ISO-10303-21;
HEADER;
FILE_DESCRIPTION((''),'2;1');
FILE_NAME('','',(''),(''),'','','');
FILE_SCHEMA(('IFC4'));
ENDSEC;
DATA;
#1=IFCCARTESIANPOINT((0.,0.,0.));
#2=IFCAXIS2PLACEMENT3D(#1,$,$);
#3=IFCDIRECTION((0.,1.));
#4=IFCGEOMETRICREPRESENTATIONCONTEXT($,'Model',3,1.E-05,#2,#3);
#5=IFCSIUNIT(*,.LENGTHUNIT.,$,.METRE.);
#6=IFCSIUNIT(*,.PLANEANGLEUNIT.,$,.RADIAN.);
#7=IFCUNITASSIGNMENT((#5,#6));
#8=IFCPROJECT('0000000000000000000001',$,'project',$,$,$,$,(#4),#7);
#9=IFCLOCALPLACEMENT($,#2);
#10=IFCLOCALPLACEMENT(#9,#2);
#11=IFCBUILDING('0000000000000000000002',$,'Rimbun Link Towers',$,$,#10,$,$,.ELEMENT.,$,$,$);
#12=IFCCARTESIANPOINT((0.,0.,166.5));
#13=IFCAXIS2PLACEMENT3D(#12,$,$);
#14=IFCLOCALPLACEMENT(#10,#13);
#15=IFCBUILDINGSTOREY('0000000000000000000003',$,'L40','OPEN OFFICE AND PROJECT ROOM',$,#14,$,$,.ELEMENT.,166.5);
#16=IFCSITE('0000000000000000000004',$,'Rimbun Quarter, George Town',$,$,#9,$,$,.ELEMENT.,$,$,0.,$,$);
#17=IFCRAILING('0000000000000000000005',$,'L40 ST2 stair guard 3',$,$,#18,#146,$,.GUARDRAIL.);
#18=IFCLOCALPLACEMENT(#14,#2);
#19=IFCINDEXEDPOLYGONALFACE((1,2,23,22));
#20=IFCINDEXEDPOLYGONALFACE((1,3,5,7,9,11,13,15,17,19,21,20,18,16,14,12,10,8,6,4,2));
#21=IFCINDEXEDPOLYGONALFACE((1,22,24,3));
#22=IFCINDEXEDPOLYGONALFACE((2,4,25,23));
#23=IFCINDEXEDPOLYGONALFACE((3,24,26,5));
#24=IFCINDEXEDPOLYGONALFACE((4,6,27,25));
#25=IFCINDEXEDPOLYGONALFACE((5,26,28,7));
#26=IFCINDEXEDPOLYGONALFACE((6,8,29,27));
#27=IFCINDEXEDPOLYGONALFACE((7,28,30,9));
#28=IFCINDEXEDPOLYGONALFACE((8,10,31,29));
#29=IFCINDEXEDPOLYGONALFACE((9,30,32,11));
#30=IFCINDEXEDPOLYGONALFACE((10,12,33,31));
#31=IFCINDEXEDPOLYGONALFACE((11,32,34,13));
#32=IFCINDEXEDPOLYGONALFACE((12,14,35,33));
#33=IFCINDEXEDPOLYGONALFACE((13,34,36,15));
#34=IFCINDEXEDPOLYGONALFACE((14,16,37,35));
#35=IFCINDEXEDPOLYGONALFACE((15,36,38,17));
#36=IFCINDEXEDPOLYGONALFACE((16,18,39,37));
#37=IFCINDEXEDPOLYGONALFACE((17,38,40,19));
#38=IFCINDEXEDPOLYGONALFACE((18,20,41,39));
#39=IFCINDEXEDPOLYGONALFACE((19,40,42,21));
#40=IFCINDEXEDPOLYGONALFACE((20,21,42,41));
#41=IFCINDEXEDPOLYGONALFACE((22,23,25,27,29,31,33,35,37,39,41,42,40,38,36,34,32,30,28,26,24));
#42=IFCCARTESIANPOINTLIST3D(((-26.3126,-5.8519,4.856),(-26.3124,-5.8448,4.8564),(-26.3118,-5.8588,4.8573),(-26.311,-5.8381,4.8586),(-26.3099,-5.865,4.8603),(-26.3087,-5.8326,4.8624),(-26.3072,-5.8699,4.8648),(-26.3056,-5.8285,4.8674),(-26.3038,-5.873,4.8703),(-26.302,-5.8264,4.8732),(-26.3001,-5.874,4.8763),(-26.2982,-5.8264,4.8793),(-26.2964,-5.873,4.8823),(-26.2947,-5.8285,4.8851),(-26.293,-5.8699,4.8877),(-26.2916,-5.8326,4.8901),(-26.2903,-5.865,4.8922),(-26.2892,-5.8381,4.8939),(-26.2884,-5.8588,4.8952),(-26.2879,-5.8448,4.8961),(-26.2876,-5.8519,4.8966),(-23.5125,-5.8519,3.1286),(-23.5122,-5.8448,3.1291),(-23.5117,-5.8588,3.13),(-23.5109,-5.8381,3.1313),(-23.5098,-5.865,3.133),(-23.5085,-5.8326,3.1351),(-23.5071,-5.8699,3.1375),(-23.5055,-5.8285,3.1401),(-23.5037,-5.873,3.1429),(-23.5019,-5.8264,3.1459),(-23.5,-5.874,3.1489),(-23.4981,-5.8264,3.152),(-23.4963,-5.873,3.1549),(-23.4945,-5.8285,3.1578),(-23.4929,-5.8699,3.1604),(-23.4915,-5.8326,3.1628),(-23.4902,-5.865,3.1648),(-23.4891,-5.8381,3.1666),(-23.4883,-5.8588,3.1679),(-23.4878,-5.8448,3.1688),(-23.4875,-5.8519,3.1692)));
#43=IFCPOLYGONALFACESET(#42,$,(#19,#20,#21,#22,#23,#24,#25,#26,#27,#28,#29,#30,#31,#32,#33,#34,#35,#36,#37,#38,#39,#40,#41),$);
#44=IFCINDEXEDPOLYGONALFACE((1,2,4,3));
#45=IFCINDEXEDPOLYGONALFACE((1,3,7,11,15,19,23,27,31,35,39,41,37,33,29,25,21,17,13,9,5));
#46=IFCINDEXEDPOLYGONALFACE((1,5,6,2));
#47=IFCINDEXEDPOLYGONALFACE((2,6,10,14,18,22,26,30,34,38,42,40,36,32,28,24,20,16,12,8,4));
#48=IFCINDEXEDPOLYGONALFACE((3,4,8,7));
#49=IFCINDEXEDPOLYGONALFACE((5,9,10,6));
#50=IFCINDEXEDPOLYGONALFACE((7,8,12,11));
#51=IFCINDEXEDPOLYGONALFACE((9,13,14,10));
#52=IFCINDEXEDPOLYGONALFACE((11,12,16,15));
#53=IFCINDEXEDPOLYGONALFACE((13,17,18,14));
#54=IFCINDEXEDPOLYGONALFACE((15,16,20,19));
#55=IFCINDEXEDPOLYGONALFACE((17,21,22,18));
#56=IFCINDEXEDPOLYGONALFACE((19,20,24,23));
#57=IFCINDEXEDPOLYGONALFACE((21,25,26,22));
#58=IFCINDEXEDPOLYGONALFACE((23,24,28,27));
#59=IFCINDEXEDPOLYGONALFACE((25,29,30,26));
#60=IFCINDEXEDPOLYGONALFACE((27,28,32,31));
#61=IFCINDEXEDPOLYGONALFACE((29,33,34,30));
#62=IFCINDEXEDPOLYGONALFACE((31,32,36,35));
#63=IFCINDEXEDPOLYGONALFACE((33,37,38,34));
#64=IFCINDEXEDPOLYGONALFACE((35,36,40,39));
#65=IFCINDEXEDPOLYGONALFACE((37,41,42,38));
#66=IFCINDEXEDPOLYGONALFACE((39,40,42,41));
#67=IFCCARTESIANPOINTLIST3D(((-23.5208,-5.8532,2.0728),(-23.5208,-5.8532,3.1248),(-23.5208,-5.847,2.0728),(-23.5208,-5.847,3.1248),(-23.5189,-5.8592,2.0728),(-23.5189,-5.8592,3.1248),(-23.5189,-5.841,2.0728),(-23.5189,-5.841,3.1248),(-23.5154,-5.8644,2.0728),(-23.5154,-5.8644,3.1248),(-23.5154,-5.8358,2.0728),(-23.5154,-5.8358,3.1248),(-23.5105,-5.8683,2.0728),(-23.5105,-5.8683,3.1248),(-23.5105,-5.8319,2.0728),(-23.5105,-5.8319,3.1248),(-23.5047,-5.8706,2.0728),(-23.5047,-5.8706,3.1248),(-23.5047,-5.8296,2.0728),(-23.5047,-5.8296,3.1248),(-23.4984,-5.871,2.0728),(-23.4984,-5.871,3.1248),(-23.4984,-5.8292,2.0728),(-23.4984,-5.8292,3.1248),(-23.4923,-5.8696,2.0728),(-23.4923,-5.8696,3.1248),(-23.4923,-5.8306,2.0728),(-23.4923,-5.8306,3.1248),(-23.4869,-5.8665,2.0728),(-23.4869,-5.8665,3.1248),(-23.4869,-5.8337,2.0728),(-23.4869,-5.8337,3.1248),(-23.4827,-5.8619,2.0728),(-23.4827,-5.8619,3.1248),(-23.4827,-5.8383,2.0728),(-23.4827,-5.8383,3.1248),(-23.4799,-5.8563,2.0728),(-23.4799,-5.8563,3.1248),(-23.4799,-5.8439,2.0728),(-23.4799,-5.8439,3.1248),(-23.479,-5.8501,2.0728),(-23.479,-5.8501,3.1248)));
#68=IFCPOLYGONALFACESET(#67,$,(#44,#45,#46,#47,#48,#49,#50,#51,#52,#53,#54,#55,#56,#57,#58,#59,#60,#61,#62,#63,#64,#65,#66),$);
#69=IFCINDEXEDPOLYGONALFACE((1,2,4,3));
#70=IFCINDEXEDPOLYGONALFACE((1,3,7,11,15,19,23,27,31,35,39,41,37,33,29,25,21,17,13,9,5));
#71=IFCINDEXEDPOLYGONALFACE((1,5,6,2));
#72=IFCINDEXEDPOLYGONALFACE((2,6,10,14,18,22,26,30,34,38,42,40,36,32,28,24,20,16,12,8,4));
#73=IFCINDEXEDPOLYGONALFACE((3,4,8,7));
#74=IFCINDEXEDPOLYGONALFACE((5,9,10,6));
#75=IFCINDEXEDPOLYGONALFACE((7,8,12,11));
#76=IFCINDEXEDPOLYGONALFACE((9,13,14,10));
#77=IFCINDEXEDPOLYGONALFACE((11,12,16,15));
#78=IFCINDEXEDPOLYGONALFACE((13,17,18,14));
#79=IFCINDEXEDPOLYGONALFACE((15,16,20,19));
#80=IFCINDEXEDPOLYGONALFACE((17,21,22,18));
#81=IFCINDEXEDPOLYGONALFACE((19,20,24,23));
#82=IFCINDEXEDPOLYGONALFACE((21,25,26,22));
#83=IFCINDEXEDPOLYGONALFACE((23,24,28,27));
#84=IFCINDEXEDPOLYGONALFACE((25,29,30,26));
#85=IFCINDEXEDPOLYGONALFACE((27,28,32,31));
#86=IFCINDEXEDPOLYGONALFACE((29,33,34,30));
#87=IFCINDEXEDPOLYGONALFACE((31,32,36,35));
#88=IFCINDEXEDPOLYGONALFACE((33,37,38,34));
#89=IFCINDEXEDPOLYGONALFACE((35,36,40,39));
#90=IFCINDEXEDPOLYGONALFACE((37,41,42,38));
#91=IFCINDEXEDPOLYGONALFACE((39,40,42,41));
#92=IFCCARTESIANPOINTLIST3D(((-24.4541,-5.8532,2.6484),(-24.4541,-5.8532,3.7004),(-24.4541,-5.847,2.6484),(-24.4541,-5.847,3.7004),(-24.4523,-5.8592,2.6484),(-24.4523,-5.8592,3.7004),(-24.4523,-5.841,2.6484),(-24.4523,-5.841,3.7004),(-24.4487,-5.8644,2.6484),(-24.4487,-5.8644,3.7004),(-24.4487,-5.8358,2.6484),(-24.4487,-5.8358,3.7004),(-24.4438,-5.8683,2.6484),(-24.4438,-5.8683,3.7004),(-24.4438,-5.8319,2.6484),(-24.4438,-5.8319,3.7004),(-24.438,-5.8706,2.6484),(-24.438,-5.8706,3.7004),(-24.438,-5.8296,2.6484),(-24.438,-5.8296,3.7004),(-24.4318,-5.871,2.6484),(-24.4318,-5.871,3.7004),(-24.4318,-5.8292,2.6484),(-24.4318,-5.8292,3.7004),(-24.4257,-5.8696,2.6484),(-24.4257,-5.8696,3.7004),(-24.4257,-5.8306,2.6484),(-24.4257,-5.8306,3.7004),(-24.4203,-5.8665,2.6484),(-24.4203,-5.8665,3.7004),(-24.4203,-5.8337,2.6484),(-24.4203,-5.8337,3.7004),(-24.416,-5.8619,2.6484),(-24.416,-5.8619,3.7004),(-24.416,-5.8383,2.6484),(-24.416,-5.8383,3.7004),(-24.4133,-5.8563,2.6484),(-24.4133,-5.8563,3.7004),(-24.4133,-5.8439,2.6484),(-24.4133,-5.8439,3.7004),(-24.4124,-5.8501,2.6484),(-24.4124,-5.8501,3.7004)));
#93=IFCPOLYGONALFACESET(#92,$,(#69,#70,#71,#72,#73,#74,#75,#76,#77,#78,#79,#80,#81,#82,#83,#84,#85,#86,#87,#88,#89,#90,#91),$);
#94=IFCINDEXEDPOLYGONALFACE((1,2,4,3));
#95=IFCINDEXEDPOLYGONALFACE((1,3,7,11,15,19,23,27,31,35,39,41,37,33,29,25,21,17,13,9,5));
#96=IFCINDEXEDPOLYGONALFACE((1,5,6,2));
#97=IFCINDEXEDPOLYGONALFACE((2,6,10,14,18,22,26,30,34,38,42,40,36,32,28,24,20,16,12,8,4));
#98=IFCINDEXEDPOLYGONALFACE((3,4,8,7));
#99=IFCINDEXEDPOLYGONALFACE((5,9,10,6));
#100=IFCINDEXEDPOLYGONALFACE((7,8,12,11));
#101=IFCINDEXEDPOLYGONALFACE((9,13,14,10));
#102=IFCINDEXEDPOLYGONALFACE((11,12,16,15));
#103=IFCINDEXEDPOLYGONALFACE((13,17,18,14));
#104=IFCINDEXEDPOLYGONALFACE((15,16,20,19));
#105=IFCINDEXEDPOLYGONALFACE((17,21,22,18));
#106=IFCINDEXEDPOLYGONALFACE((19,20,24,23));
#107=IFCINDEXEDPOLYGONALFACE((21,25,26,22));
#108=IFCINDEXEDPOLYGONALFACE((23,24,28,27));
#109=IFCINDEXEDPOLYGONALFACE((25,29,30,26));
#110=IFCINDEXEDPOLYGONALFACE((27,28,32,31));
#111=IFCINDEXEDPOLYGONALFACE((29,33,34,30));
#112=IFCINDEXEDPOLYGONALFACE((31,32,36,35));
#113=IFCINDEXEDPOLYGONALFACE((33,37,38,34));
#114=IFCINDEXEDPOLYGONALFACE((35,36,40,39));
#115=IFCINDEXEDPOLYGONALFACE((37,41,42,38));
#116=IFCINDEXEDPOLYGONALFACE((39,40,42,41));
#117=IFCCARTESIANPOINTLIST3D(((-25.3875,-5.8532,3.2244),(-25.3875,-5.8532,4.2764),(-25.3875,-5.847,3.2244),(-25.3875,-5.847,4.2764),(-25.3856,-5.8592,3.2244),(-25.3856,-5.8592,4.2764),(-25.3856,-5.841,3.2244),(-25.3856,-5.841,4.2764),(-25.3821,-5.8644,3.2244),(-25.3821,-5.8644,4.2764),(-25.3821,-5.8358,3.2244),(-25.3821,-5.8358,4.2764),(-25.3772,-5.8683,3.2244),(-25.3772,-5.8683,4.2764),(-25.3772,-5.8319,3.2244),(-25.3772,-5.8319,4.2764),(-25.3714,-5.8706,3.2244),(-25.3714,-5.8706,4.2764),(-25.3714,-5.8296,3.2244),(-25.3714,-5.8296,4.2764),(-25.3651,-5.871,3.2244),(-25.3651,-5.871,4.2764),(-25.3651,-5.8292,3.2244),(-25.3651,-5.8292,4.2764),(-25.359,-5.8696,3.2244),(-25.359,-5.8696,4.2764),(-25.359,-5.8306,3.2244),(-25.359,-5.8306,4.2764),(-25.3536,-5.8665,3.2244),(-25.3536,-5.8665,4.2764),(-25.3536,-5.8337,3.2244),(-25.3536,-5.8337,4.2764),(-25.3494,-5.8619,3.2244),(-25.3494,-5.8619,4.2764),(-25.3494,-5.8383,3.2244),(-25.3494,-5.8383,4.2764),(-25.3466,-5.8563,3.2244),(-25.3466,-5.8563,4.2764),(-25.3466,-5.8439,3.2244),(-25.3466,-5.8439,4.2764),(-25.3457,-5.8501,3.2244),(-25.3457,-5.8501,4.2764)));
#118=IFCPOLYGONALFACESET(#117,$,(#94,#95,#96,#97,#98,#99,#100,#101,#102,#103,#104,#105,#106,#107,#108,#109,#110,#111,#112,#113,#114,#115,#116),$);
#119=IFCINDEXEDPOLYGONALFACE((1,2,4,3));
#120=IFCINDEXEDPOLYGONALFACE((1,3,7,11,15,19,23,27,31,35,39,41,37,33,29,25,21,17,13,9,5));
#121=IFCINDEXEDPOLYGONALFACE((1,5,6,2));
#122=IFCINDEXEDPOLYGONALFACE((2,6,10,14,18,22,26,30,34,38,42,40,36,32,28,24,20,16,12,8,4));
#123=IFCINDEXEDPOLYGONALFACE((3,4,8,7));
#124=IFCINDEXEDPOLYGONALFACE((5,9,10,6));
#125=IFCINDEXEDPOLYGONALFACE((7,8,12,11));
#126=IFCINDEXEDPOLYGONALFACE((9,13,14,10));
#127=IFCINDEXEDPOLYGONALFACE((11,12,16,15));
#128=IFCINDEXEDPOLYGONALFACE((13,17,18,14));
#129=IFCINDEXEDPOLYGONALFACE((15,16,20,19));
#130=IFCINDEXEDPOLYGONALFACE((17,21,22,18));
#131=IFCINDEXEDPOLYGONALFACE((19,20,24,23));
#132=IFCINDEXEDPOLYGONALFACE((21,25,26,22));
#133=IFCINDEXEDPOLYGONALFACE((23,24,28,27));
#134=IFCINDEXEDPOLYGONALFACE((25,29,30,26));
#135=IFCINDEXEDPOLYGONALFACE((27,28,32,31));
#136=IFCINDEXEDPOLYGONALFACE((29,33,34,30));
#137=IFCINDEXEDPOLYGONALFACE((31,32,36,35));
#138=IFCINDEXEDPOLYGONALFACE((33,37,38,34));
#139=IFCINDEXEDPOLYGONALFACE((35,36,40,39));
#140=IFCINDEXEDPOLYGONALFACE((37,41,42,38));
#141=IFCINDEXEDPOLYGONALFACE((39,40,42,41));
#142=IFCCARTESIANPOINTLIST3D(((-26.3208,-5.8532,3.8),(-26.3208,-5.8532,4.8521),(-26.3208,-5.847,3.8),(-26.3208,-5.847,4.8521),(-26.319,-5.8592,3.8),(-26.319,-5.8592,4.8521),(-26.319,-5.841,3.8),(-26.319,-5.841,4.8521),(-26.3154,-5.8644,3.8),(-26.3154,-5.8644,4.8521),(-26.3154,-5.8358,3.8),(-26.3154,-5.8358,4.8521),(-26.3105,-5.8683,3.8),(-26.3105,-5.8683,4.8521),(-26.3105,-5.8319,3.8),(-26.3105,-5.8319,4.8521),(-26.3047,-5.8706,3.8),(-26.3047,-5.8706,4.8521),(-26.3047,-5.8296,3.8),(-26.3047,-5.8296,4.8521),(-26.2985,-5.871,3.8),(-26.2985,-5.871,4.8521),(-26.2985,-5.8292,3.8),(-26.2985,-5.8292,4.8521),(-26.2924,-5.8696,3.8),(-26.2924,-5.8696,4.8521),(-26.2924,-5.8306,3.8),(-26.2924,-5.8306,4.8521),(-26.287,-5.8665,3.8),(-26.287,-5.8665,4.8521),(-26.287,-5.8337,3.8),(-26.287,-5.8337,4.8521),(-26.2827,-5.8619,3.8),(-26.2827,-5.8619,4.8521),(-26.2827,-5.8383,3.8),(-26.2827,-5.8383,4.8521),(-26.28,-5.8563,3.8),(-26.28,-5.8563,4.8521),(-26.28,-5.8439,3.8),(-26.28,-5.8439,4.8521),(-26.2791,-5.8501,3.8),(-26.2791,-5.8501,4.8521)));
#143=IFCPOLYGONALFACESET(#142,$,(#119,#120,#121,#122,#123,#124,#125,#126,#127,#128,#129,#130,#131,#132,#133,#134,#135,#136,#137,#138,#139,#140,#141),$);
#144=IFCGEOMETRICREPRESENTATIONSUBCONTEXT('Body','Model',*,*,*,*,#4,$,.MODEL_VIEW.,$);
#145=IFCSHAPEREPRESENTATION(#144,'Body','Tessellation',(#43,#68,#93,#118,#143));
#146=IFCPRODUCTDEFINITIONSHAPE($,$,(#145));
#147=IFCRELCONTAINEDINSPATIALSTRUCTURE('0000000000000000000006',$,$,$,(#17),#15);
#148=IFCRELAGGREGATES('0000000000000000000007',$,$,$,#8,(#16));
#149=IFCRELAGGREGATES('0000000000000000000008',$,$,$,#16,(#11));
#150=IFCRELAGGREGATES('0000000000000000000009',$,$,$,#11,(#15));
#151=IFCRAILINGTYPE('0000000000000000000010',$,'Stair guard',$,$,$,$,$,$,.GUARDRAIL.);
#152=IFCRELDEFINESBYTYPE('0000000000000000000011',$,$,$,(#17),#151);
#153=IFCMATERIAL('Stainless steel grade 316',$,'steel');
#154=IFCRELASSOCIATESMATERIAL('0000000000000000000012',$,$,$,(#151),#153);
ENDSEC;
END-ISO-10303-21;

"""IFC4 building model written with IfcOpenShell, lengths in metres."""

from ifc_helpers import new_model, si_unit, direction, frame, origin, origin_2d, place, context, subcontext, project, spatial, circle, extrude, material, type_object, element, save


model = new_model("IFC4")

# Units and contexts
model_context = context("Model", 3, precision=1e-05, world=origin(), true_north=direction((0.0, 1.0)))
body_context = subcontext(model_context, "Body", "Model", "MODEL_VIEW")
ifc_project = project(units=[si_unit("LENGTHUNIT", "METRE"), si_unit("PLANEANGLEUNIT", "RADIAN")], contexts=[model_context])

# Site, building, storey
site_placement = place(None, origin())
site = spatial("IfcSite", under=ifc_project, at=site_placement, Name="Rimbun Quarter, George Town", CompositionType="ELEMENT", RefElevation=0.0)
building_placement = place(site_placement, origin())
building = spatial("IfcBuilding", under=site, at=building_placement, Name="Rimbun Link Towers", CompositionType="ELEMENT")
storey_placement = place(building_placement, frame((0.0, 0.0, 166.5)))
storey = spatial("IfcBuildingStorey", under=building, at=storey_placement, Name="L40", Description="OPEN OFFICE AND PROJECT ROOM", CompositionType="ELEMENT", Elevation=166.5)

# Railing
ifc_material_1 = material(Name="Stainless steel grade 316", Category="steel")
railing_type_1 = type_object("IfcRailingType", Name="Stair guard", PredefinedType="GUARDRAIL", material=ifc_material_1)
railing_1_placement = place(storey_placement, frame((-23.5, -5.8501, 2.0728)))
element("IfcRailing", 1, at=railing_1_placement, inside=storey, type_object=railing_type_1, Name="L40 ST2 stair guard 3", PredefinedType="GUARDRAIL", context=body_context, shape_type="SweptSolid", body=[
    extrude(circle(Radius=0.0239, at=origin_2d()), frame((0.0, 0.0, 1.0762), z_axis=(-0.85109, 0.0, 0.52502), x_axis=(0.0, -1.0, 0.0)), (0.0, 0.0, 1.0), 3.29),
    extrude(circle(Radius=0.021, at=origin_2d()), origin(), (0.0, 0.0, 1.0), 1.052),
    extrude(circle(Radius=0.021, at=origin_2d()), frame((-0.9333, 0.0, 0.5757)), (0.0, 0.0, 1.0), 1.052),
    extrude(circle(Radius=0.021, at=origin_2d()), frame((-1.8667, 0.0, 1.1516)), (0.0, 0.0, 1.0), 1.052),
    extrude(circle(Radius=0.021, at=origin_2d()), frame((-2.8, 0.0, 1.7273)), (0.0, 0.0, 1.0), 1.052),
])

save(model, "model.ifc")
